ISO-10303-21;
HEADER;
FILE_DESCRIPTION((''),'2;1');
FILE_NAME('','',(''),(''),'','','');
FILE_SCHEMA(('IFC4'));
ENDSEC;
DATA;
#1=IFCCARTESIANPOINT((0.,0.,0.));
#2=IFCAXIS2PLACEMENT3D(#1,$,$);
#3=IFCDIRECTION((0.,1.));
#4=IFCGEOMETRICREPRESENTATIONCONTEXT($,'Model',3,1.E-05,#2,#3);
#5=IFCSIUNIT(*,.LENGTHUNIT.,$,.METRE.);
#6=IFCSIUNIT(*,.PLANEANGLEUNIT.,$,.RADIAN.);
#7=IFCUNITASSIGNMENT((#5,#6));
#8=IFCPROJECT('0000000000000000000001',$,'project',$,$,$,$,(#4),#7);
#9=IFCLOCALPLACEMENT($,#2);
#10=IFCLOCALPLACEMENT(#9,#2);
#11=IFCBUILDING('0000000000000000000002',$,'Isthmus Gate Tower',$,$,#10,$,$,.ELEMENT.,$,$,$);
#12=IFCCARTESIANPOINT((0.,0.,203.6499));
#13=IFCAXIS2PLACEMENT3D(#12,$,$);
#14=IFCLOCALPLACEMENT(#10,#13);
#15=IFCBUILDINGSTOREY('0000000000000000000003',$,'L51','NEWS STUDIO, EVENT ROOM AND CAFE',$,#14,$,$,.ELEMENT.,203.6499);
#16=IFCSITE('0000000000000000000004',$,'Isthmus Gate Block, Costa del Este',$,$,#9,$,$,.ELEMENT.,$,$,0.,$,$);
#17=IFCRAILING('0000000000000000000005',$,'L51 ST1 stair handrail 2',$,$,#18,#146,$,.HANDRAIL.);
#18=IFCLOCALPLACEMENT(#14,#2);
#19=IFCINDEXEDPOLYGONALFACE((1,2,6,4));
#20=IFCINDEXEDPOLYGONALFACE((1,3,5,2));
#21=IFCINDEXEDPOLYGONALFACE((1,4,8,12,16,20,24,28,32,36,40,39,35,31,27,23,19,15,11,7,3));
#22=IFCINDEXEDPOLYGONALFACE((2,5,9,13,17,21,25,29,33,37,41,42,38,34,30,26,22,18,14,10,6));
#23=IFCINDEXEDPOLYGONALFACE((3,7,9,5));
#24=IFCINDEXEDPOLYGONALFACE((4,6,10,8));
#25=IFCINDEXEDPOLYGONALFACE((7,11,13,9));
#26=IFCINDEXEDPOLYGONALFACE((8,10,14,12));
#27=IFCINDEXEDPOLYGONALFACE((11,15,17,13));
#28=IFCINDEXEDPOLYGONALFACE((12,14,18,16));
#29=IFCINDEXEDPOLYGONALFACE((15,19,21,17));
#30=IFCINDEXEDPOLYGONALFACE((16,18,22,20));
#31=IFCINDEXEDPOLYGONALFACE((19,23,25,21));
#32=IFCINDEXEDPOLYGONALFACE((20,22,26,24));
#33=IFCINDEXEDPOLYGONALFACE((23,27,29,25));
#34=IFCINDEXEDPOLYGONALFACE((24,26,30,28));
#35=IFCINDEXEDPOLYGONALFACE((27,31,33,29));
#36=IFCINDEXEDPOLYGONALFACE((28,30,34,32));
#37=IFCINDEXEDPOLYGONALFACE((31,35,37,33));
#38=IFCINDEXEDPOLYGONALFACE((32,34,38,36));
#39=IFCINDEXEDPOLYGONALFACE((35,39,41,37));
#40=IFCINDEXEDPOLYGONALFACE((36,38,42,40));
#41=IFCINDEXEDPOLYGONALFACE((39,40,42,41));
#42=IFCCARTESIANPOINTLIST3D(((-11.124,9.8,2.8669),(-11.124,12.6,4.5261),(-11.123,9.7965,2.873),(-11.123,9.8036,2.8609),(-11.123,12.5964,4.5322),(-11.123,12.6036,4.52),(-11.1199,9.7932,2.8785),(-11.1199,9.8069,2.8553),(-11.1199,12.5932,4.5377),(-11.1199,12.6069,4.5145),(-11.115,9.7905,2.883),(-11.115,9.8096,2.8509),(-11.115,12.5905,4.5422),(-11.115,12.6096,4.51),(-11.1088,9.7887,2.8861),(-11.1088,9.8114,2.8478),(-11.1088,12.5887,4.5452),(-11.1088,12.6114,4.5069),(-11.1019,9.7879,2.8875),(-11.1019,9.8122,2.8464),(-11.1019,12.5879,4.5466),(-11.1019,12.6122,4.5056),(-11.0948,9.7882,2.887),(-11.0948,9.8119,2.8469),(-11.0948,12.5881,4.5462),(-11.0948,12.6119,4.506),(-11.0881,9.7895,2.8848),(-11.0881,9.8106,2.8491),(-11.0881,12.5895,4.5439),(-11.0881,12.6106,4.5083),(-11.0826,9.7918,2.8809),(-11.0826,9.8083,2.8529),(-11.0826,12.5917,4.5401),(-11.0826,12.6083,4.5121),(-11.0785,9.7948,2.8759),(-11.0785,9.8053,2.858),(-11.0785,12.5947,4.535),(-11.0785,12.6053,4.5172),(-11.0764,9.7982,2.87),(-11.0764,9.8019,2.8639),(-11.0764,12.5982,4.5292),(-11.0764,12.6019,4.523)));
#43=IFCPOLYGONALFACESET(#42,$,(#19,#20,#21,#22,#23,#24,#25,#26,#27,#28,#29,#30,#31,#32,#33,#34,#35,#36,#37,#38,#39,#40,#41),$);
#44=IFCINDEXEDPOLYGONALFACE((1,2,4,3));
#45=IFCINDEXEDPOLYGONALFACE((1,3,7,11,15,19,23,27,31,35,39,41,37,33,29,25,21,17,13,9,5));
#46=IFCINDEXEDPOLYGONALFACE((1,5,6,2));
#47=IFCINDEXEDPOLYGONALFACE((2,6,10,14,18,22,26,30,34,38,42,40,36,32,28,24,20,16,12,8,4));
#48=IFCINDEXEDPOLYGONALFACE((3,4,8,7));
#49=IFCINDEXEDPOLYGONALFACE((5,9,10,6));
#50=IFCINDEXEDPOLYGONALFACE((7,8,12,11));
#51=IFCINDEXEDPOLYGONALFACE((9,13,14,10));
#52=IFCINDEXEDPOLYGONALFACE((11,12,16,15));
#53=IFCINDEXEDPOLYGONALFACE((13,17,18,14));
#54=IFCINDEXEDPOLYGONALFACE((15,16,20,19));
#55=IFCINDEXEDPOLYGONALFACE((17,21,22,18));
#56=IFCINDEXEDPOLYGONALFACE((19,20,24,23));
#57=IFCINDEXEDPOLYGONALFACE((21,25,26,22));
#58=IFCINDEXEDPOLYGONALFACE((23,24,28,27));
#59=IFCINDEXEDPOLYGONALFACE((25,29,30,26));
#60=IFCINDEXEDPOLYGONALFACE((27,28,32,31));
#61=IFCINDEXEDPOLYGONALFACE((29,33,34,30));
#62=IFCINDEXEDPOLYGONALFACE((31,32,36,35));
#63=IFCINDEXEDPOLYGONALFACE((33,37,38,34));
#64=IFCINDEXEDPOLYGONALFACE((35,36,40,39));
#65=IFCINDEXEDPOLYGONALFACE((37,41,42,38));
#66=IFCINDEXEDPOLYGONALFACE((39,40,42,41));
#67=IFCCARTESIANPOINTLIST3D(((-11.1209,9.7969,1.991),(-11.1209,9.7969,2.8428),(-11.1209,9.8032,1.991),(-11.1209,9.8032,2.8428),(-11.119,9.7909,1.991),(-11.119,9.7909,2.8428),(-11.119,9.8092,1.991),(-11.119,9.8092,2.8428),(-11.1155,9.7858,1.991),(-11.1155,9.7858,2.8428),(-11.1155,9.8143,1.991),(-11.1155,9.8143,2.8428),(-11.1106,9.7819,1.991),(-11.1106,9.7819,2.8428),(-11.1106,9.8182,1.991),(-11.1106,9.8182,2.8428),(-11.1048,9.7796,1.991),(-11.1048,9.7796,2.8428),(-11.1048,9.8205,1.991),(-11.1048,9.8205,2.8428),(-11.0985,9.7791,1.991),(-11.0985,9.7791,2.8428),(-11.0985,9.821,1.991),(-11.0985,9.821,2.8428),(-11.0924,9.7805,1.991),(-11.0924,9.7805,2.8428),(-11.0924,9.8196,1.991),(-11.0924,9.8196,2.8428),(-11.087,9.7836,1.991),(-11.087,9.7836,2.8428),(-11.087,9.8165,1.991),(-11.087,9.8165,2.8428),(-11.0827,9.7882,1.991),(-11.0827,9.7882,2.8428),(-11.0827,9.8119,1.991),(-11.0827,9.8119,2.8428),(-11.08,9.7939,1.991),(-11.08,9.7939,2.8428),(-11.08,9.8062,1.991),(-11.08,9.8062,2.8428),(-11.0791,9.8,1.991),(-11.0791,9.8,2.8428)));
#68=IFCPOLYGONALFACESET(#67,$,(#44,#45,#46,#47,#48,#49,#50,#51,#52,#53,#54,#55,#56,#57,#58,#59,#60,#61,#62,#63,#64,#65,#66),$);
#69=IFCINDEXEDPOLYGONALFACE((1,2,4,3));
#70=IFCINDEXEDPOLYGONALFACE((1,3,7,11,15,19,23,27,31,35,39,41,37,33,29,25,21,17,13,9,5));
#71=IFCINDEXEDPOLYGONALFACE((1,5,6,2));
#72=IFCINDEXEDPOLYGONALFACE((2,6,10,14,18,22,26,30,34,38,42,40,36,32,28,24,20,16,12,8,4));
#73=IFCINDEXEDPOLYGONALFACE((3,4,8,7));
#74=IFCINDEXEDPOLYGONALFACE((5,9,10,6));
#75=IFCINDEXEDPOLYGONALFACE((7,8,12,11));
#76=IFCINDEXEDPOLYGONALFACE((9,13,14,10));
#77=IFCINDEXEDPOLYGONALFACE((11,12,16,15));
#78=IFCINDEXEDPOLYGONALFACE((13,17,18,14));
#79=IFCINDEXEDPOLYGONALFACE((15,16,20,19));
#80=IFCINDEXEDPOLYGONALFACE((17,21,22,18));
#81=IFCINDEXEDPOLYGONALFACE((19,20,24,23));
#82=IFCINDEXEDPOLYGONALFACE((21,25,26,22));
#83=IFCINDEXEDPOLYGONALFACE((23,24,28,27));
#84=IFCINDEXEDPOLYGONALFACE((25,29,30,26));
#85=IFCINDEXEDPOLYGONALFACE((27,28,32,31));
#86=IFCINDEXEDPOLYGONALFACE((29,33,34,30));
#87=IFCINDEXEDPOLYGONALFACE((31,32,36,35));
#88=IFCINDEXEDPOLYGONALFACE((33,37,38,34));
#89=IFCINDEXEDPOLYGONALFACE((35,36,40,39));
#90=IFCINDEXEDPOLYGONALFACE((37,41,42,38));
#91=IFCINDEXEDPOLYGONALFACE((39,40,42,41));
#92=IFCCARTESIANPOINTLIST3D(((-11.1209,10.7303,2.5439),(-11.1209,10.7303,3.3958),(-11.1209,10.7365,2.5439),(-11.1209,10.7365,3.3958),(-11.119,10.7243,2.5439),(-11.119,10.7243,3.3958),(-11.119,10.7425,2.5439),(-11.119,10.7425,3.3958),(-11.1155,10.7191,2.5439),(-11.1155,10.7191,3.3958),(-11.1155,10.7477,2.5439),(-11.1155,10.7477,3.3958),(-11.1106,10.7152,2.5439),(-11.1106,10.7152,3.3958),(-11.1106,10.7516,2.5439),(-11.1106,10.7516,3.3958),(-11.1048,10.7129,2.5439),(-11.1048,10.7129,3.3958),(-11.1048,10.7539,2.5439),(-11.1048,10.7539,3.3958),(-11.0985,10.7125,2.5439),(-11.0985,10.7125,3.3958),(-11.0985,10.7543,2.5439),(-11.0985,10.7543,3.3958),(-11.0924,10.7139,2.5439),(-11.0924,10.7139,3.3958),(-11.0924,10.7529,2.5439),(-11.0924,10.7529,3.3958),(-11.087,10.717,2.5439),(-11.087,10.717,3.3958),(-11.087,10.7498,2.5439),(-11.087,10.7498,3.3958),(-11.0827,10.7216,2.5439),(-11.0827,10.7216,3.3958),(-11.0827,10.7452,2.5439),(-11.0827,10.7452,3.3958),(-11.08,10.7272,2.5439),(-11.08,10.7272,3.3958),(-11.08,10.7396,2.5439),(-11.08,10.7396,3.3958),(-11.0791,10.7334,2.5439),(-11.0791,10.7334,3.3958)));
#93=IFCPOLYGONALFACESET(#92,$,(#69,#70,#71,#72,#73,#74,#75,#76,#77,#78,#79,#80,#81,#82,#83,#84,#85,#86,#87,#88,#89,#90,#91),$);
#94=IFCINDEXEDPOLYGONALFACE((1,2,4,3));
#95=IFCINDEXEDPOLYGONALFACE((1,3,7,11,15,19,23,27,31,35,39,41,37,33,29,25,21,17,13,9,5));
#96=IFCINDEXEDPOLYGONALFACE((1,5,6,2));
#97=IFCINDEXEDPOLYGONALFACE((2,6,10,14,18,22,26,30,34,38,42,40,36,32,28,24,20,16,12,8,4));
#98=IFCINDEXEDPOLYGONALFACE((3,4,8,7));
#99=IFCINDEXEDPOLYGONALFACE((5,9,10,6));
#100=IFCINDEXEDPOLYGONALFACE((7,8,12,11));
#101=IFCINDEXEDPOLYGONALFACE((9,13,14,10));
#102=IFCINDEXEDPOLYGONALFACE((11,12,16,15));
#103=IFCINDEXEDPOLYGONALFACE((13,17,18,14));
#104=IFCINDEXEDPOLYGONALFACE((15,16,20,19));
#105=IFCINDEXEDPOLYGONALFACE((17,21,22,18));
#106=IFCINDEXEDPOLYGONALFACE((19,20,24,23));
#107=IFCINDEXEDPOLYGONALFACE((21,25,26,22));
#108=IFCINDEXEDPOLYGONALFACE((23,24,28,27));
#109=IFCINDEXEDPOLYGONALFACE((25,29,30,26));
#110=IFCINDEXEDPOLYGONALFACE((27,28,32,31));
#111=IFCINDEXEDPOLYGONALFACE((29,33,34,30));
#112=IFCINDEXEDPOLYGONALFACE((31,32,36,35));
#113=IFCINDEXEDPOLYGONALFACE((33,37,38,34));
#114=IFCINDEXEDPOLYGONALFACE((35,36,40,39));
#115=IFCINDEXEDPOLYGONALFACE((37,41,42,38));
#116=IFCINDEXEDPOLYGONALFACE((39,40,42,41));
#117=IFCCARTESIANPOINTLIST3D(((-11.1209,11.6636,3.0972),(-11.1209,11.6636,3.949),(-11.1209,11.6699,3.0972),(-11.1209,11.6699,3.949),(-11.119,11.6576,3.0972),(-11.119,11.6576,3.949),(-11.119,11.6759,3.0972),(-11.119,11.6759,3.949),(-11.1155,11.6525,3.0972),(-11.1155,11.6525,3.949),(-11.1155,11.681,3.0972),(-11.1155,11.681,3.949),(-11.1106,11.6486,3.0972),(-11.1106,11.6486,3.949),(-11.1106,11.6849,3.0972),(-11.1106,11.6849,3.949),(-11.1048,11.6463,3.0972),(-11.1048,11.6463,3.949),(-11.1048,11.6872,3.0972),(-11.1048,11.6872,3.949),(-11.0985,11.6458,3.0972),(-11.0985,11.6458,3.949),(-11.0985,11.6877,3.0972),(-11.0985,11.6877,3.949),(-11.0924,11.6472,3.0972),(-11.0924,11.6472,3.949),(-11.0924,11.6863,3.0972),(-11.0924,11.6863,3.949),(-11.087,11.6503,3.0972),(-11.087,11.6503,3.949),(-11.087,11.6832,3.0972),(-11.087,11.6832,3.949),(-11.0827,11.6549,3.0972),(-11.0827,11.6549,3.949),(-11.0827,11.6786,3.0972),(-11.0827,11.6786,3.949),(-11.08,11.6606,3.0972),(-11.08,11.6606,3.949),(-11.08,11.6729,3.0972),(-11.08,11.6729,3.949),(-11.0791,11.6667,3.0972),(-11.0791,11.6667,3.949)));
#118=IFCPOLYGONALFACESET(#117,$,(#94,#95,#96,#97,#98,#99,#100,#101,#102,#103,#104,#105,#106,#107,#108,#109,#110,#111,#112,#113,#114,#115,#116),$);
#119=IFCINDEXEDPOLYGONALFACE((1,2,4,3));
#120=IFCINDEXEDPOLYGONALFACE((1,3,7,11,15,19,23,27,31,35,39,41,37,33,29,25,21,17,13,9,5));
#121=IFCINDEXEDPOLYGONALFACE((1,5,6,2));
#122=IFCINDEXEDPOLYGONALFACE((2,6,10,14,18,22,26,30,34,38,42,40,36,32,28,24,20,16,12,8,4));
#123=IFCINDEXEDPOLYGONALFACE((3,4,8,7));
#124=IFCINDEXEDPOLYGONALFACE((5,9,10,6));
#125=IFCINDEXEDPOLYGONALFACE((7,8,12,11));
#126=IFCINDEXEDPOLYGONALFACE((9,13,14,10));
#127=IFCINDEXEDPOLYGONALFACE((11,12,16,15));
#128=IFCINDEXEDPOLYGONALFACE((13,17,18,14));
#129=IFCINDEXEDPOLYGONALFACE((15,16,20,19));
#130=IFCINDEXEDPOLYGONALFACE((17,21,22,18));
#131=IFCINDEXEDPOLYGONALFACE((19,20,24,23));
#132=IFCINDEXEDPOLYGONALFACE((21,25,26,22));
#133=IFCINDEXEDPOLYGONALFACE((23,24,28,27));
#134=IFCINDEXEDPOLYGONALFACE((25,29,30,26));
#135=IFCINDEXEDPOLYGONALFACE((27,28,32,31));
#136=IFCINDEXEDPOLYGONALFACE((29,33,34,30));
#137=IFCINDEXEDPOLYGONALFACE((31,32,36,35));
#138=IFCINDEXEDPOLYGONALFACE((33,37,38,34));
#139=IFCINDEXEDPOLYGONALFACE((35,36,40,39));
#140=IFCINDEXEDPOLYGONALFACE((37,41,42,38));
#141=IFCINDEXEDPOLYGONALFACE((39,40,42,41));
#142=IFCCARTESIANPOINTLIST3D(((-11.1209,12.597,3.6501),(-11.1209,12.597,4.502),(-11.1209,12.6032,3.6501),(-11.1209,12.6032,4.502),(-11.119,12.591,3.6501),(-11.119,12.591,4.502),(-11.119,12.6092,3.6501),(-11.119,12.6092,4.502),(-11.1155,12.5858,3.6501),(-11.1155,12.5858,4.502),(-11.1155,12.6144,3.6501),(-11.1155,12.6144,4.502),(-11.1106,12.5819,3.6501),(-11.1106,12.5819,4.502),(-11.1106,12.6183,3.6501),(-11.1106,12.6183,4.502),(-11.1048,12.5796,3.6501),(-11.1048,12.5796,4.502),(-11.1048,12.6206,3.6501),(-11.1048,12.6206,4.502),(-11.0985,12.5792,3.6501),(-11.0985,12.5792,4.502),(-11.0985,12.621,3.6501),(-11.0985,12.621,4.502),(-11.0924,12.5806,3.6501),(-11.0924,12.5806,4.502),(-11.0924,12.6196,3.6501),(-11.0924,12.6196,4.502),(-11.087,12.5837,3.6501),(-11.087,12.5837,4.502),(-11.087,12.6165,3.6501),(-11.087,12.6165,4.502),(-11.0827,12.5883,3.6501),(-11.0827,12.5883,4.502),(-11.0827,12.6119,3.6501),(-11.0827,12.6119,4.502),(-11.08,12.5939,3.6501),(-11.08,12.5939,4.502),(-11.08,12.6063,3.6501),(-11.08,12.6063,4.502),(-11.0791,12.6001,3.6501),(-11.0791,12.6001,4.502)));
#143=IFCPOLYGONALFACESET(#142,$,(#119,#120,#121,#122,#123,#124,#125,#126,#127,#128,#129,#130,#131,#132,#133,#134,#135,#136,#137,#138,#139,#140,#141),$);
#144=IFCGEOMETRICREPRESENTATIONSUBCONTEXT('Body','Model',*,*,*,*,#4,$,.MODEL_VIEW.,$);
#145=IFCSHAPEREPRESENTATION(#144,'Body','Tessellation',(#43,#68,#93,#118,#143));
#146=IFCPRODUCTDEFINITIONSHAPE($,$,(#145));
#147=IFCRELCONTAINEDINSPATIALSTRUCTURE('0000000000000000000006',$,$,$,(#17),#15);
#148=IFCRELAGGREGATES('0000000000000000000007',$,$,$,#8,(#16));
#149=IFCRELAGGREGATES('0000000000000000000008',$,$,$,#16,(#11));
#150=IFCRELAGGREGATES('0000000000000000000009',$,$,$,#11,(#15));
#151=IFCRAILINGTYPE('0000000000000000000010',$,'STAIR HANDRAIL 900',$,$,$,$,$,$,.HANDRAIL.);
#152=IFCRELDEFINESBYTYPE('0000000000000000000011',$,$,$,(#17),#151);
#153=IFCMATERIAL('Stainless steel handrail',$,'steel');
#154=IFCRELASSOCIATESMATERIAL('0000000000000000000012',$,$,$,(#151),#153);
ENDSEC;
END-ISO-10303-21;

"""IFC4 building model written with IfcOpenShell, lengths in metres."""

from ifc_helpers import new_model, si_unit, direction, frame, origin, origin_2d, place, context, subcontext, project, spatial, circle, extrude, material, type_object, element, save


model = new_model("IFC4")

# Units and contexts
model_context = context("Model", 3, precision=1e-05, world=origin(), true_north=direction((0.0, 1.0)))
body_context = subcontext(model_context, "Body", "Model", "MODEL_VIEW")
ifc_project = project(units=[si_unit("LENGTHUNIT", "METRE"), si_unit("PLANEANGLEUNIT", "RADIAN")], contexts=[model_context])

# Site, building, storey
site_placement = place(None, origin())
site = spatial("IfcSite", under=ifc_project, at=site_placement, Name="Isthmus Gate Block, Costa del Este", CompositionType="ELEMENT", RefElevation=0.0)
building_placement = place(site_placement, origin())
building = spatial("IfcBuilding", under=site, at=building_placement, Name="Isthmus Gate Tower", CompositionType="ELEMENT")
storey_placement = place(building_placement, frame((0.0, 0.0, 203.6499)))
storey = spatial("IfcBuildingStorey", under=building, at=storey_placement, Name="L51", Description="NEWS STUDIO, EVENT ROOM AND CAFE", CompositionType="ELEMENT", Elevation=203.6499)

# Railing
ifc_material_1 = material(Name="Stainless steel handrail", Category="steel")
railing_type_1 = type_object("IfcRailingType", Name="STAIR HANDRAIL 900", PredefinedType="HANDRAIL", material=ifc_material_1)
railing_1_placement = place(storey_placement, frame((-11.1001, 9.8, 1.991)))
element("IfcRailing", 1, at=railing_1_placement, inside=storey, type_object=railing_type_1, Name="L51 ST1 stair handrail 2", PredefinedType="HANDRAIL", context=body_context, shape_type="SweptSolid", body=[
    extrude(circle(Radius=0.0239, at=origin_2d()), frame((0.0, 0.0, 0.876), z_axis=(0.0, 0.860306, 0.509778), x_axis=(-1.0, 0.0, 0.0)), (0.0, 0.0, 1.0), 3.2546),
    extrude(circle(Radius=0.021, at=origin_2d()), origin(), (0.0, 0.0, 1.0), 0.8518),
    extrude(circle(Radius=0.021, at=origin_2d()), frame((0.0, 0.9333, 0.553)), (0.0, 0.0, 1.0), 0.8518),
    extrude(circle(Radius=0.021, at=origin_2d()), frame((0.0, 1.8667, 1.1062)), (0.0, 0.0, 1.0), 0.8518),
    extrude(circle(Radius=0.021, at=origin_2d()), frame((0.0, 2.8, 1.6592)), (0.0, 0.0, 1.0), 0.8518),
])

save(model, "model.ifc")
